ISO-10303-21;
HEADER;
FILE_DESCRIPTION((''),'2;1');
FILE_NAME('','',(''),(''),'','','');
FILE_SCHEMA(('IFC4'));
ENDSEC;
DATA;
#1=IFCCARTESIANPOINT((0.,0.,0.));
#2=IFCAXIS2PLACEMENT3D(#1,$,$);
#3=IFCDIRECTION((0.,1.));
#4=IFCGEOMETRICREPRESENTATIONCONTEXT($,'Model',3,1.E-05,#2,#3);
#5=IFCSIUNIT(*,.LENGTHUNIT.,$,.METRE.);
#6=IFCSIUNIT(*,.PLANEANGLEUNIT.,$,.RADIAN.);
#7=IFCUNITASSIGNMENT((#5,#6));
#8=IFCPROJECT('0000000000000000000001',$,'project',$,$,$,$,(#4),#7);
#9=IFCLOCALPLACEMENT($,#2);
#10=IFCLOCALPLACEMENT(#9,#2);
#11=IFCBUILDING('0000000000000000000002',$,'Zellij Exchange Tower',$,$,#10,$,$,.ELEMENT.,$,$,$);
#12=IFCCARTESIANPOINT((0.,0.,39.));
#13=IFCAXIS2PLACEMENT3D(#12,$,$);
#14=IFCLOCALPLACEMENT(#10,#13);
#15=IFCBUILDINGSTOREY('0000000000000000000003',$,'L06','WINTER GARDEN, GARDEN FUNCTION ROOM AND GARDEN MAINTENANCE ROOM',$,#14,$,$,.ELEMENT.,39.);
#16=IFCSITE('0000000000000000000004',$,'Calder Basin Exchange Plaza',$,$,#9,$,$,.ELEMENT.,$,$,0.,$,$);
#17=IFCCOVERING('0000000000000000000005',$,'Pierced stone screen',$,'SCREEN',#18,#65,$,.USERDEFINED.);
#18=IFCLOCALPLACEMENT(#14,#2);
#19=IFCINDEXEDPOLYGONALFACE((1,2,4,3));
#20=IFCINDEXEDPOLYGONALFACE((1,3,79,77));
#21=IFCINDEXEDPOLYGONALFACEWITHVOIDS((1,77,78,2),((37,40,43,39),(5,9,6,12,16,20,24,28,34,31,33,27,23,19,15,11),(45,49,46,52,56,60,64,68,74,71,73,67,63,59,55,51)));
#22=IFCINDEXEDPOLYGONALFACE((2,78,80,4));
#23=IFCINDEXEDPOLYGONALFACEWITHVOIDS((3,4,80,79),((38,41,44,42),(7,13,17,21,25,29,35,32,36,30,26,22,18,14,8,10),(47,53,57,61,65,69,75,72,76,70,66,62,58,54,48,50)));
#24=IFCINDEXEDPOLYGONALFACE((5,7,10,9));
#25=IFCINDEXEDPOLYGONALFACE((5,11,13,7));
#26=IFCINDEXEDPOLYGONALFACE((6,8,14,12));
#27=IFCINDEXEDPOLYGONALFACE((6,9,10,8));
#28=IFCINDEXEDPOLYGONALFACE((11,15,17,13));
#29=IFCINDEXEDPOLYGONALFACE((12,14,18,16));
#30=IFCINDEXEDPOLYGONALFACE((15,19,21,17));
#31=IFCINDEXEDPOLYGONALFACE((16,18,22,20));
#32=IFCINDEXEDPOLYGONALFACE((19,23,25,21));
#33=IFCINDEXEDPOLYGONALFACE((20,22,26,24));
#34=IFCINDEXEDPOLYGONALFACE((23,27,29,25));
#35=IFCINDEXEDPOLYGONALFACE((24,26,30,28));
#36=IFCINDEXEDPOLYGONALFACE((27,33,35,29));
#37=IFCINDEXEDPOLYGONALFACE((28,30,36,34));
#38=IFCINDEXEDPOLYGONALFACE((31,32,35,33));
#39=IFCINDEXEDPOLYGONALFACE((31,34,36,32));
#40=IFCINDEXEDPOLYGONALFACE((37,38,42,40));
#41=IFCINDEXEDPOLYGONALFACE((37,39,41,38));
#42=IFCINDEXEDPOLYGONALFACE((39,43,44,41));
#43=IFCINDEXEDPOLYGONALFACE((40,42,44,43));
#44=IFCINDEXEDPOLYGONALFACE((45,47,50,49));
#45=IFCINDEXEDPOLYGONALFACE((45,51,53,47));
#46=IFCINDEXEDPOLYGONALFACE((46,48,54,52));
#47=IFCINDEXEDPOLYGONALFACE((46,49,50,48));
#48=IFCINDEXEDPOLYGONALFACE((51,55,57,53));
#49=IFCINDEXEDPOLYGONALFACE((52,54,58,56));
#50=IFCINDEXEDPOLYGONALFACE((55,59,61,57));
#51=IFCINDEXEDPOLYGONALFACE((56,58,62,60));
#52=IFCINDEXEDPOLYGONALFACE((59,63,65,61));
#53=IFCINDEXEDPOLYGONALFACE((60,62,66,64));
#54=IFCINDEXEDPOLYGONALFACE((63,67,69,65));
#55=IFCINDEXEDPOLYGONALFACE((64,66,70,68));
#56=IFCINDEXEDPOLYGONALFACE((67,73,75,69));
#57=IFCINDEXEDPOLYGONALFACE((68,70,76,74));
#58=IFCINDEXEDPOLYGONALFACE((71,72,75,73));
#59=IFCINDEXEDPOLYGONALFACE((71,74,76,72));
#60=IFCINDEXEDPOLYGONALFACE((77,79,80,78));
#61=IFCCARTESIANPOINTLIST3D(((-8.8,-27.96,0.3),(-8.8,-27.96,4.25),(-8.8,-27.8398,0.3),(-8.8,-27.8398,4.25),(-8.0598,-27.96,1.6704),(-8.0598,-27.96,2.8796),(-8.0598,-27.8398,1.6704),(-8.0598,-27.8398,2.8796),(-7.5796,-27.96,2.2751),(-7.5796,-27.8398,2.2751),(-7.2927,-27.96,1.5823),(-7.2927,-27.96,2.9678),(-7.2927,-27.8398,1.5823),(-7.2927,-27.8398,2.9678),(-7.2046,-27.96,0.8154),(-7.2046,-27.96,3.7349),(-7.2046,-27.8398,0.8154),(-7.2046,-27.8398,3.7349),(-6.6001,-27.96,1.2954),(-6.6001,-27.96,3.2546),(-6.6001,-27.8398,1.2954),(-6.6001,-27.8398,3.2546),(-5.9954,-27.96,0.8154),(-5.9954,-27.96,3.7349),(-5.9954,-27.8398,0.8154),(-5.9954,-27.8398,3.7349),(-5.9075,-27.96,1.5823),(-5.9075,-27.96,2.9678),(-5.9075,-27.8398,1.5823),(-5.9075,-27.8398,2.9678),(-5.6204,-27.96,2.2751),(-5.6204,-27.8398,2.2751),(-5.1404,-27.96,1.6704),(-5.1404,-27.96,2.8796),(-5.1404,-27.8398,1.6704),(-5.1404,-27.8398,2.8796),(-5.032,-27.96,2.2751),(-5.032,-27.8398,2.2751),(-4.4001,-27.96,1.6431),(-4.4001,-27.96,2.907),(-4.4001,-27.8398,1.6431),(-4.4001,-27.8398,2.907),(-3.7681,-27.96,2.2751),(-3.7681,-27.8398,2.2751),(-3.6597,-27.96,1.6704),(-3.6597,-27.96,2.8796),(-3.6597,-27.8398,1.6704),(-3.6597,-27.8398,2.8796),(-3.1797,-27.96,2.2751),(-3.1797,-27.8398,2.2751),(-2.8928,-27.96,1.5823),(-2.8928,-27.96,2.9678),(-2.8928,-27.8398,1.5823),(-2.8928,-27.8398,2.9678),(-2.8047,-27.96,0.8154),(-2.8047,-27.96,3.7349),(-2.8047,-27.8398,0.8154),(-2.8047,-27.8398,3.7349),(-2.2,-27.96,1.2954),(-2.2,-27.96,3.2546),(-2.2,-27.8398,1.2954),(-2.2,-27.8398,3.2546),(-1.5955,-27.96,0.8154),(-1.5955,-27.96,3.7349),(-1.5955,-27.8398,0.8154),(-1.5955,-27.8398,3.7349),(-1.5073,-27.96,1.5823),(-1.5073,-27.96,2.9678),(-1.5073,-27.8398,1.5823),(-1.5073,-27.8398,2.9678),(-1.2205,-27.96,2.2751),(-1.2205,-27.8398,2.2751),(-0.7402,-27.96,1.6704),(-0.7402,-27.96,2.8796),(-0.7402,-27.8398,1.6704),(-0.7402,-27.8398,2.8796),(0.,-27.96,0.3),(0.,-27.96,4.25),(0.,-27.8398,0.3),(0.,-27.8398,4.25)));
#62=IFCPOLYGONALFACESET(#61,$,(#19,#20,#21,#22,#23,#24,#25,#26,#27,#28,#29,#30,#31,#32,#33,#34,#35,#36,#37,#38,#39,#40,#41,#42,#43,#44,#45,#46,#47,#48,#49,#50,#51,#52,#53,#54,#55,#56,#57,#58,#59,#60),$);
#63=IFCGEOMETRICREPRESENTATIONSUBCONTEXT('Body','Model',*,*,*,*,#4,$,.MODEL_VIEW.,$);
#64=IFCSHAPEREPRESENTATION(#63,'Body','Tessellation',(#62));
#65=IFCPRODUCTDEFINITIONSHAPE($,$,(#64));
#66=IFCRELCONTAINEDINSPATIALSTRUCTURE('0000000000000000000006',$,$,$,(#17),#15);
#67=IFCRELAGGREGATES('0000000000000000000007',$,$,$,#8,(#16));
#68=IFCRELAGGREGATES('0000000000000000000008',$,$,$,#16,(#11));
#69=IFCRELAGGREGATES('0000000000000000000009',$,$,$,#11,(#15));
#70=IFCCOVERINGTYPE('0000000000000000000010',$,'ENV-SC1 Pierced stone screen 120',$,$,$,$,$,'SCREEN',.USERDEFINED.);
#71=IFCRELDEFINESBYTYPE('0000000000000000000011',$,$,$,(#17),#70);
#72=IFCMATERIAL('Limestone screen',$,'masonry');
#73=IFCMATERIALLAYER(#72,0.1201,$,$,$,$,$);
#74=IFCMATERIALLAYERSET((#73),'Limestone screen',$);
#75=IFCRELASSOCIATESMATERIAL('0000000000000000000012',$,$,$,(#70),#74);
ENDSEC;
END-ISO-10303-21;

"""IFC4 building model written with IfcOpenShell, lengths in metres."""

from ifc_helpers import new_model, si_unit, direction, frame, origin, place, context, subcontext, project, spatial, polyline, outline, extrude, material, layer, layer_set, type_object, element, save


model = new_model("IFC4")

# Units and contexts
model_context = context("Model", 3, precision=1e-05, world=origin(), true_north=direction((0.0, 1.0)))
body_context = subcontext(model_context, "Body", "Model", "MODEL_VIEW")
ifc_project = project(units=[si_unit("LENGTHUNIT", "METRE"), si_unit("PLANEANGLEUNIT", "RADIAN")], contexts=[model_context])

# Site, building, storey
site_placement = place(None, origin())
site = spatial("IfcSite", under=ifc_project, at=site_placement, Name="Calder Basin Exchange Plaza", CompositionType="ELEMENT", RefElevation=0.0)
building_placement = place(site_placement, origin())
building = spatial("IfcBuilding", under=site, at=building_placement, Name="Zellij Exchange Tower", CompositionType="ELEMENT")
storey_placement = place(building_placement, frame((0.0, 0.0, 39.0)))
storey = spatial("IfcBuildingStorey", under=building, at=storey_placement, Name="L06", Description="WINTER GARDEN, GARDEN FUNCTION ROOM AND GARDEN MAINTENANCE ROOM", CompositionType="ELEMENT", Elevation=39.0)

# Covering
ifc_material_1 = material(Name="Limestone screen", Category="masonry")
ifc_layer_1 = layer(ifc_material_1, 0.1201)
ifc_layer_set_1 = layer_set([ifc_layer_1], Name="Limestone screen")
covering_type_1 = type_object("IfcCoveringType", Name="ENV-SC1 Pierced stone screen 120", ElementType="SCREEN", PredefinedType="USERDEFINED", material=ifc_layer_set_1)
covering_1_placement = place(storey_placement, frame((-8.8, -27.8999, 0.3), z_axis=(0.0, 0.0, 1.0), x_axis=(1.0, 0.0, 0.0)))
element("IfcCovering", 1, at=covering_1_placement, inside=storey, type_object=covering_type_1, Name="Pierced stone screen", ObjectType="SCREEN", PredefinedType="USERDEFINED", context=body_context, shape_type="SweptSolid", body=[
    extrude(outline(polyline([(0.0, 0.0), (8.8, 0.0), (8.8, 3.95), (0.0, 3.95), (0.0, 0.0)]), holes=[polyline([(3.6597, 2.5796), (2.8926, 2.6677), (2.8047, 3.4348), (2.2, 2.9546), (1.5955, 3.4348), (1.5073, 2.6677), (0.7402, 2.5796), (1.2205, 1.9751), (0.7402, 1.3704), (1.5073, 1.2822), (1.5955, 0.5154), (2.2, 0.9954), (2.8047, 0.5154), (2.8926, 1.2822), (3.6597, 1.3704), (3.1797, 1.9751), (3.6597, 2.5796)]), polyline([(8.0598, 2.5796), (7.2927, 2.6677), (7.2046, 3.4348), (6.6001, 2.9546), (5.9954, 3.4348), (5.9072, 2.6677), (5.1404, 2.5796), (5.6204, 1.9751), (5.1404, 1.3704), (5.9072, 1.2822), (5.9954, 0.5154), (6.6001, 0.9954), (7.2046, 0.5154), (7.2927, 1.2822), (8.0598, 1.3704), (7.5796, 1.9751), (8.0598, 2.5796)]), polyline([(5.032, 1.9751), (4.3999, 2.6069), (3.7681, 1.9751), (4.3999, 1.343), (5.032, 1.9751)])]), frame((0.0, 0.0601, 0.0), z_axis=(0.0, -1.0, 0.0), x_axis=(1.0, 0.0, 0.0)), (0.0, 0.0, 1.0), 0.1201),
])

save(model, "model.ifc")
